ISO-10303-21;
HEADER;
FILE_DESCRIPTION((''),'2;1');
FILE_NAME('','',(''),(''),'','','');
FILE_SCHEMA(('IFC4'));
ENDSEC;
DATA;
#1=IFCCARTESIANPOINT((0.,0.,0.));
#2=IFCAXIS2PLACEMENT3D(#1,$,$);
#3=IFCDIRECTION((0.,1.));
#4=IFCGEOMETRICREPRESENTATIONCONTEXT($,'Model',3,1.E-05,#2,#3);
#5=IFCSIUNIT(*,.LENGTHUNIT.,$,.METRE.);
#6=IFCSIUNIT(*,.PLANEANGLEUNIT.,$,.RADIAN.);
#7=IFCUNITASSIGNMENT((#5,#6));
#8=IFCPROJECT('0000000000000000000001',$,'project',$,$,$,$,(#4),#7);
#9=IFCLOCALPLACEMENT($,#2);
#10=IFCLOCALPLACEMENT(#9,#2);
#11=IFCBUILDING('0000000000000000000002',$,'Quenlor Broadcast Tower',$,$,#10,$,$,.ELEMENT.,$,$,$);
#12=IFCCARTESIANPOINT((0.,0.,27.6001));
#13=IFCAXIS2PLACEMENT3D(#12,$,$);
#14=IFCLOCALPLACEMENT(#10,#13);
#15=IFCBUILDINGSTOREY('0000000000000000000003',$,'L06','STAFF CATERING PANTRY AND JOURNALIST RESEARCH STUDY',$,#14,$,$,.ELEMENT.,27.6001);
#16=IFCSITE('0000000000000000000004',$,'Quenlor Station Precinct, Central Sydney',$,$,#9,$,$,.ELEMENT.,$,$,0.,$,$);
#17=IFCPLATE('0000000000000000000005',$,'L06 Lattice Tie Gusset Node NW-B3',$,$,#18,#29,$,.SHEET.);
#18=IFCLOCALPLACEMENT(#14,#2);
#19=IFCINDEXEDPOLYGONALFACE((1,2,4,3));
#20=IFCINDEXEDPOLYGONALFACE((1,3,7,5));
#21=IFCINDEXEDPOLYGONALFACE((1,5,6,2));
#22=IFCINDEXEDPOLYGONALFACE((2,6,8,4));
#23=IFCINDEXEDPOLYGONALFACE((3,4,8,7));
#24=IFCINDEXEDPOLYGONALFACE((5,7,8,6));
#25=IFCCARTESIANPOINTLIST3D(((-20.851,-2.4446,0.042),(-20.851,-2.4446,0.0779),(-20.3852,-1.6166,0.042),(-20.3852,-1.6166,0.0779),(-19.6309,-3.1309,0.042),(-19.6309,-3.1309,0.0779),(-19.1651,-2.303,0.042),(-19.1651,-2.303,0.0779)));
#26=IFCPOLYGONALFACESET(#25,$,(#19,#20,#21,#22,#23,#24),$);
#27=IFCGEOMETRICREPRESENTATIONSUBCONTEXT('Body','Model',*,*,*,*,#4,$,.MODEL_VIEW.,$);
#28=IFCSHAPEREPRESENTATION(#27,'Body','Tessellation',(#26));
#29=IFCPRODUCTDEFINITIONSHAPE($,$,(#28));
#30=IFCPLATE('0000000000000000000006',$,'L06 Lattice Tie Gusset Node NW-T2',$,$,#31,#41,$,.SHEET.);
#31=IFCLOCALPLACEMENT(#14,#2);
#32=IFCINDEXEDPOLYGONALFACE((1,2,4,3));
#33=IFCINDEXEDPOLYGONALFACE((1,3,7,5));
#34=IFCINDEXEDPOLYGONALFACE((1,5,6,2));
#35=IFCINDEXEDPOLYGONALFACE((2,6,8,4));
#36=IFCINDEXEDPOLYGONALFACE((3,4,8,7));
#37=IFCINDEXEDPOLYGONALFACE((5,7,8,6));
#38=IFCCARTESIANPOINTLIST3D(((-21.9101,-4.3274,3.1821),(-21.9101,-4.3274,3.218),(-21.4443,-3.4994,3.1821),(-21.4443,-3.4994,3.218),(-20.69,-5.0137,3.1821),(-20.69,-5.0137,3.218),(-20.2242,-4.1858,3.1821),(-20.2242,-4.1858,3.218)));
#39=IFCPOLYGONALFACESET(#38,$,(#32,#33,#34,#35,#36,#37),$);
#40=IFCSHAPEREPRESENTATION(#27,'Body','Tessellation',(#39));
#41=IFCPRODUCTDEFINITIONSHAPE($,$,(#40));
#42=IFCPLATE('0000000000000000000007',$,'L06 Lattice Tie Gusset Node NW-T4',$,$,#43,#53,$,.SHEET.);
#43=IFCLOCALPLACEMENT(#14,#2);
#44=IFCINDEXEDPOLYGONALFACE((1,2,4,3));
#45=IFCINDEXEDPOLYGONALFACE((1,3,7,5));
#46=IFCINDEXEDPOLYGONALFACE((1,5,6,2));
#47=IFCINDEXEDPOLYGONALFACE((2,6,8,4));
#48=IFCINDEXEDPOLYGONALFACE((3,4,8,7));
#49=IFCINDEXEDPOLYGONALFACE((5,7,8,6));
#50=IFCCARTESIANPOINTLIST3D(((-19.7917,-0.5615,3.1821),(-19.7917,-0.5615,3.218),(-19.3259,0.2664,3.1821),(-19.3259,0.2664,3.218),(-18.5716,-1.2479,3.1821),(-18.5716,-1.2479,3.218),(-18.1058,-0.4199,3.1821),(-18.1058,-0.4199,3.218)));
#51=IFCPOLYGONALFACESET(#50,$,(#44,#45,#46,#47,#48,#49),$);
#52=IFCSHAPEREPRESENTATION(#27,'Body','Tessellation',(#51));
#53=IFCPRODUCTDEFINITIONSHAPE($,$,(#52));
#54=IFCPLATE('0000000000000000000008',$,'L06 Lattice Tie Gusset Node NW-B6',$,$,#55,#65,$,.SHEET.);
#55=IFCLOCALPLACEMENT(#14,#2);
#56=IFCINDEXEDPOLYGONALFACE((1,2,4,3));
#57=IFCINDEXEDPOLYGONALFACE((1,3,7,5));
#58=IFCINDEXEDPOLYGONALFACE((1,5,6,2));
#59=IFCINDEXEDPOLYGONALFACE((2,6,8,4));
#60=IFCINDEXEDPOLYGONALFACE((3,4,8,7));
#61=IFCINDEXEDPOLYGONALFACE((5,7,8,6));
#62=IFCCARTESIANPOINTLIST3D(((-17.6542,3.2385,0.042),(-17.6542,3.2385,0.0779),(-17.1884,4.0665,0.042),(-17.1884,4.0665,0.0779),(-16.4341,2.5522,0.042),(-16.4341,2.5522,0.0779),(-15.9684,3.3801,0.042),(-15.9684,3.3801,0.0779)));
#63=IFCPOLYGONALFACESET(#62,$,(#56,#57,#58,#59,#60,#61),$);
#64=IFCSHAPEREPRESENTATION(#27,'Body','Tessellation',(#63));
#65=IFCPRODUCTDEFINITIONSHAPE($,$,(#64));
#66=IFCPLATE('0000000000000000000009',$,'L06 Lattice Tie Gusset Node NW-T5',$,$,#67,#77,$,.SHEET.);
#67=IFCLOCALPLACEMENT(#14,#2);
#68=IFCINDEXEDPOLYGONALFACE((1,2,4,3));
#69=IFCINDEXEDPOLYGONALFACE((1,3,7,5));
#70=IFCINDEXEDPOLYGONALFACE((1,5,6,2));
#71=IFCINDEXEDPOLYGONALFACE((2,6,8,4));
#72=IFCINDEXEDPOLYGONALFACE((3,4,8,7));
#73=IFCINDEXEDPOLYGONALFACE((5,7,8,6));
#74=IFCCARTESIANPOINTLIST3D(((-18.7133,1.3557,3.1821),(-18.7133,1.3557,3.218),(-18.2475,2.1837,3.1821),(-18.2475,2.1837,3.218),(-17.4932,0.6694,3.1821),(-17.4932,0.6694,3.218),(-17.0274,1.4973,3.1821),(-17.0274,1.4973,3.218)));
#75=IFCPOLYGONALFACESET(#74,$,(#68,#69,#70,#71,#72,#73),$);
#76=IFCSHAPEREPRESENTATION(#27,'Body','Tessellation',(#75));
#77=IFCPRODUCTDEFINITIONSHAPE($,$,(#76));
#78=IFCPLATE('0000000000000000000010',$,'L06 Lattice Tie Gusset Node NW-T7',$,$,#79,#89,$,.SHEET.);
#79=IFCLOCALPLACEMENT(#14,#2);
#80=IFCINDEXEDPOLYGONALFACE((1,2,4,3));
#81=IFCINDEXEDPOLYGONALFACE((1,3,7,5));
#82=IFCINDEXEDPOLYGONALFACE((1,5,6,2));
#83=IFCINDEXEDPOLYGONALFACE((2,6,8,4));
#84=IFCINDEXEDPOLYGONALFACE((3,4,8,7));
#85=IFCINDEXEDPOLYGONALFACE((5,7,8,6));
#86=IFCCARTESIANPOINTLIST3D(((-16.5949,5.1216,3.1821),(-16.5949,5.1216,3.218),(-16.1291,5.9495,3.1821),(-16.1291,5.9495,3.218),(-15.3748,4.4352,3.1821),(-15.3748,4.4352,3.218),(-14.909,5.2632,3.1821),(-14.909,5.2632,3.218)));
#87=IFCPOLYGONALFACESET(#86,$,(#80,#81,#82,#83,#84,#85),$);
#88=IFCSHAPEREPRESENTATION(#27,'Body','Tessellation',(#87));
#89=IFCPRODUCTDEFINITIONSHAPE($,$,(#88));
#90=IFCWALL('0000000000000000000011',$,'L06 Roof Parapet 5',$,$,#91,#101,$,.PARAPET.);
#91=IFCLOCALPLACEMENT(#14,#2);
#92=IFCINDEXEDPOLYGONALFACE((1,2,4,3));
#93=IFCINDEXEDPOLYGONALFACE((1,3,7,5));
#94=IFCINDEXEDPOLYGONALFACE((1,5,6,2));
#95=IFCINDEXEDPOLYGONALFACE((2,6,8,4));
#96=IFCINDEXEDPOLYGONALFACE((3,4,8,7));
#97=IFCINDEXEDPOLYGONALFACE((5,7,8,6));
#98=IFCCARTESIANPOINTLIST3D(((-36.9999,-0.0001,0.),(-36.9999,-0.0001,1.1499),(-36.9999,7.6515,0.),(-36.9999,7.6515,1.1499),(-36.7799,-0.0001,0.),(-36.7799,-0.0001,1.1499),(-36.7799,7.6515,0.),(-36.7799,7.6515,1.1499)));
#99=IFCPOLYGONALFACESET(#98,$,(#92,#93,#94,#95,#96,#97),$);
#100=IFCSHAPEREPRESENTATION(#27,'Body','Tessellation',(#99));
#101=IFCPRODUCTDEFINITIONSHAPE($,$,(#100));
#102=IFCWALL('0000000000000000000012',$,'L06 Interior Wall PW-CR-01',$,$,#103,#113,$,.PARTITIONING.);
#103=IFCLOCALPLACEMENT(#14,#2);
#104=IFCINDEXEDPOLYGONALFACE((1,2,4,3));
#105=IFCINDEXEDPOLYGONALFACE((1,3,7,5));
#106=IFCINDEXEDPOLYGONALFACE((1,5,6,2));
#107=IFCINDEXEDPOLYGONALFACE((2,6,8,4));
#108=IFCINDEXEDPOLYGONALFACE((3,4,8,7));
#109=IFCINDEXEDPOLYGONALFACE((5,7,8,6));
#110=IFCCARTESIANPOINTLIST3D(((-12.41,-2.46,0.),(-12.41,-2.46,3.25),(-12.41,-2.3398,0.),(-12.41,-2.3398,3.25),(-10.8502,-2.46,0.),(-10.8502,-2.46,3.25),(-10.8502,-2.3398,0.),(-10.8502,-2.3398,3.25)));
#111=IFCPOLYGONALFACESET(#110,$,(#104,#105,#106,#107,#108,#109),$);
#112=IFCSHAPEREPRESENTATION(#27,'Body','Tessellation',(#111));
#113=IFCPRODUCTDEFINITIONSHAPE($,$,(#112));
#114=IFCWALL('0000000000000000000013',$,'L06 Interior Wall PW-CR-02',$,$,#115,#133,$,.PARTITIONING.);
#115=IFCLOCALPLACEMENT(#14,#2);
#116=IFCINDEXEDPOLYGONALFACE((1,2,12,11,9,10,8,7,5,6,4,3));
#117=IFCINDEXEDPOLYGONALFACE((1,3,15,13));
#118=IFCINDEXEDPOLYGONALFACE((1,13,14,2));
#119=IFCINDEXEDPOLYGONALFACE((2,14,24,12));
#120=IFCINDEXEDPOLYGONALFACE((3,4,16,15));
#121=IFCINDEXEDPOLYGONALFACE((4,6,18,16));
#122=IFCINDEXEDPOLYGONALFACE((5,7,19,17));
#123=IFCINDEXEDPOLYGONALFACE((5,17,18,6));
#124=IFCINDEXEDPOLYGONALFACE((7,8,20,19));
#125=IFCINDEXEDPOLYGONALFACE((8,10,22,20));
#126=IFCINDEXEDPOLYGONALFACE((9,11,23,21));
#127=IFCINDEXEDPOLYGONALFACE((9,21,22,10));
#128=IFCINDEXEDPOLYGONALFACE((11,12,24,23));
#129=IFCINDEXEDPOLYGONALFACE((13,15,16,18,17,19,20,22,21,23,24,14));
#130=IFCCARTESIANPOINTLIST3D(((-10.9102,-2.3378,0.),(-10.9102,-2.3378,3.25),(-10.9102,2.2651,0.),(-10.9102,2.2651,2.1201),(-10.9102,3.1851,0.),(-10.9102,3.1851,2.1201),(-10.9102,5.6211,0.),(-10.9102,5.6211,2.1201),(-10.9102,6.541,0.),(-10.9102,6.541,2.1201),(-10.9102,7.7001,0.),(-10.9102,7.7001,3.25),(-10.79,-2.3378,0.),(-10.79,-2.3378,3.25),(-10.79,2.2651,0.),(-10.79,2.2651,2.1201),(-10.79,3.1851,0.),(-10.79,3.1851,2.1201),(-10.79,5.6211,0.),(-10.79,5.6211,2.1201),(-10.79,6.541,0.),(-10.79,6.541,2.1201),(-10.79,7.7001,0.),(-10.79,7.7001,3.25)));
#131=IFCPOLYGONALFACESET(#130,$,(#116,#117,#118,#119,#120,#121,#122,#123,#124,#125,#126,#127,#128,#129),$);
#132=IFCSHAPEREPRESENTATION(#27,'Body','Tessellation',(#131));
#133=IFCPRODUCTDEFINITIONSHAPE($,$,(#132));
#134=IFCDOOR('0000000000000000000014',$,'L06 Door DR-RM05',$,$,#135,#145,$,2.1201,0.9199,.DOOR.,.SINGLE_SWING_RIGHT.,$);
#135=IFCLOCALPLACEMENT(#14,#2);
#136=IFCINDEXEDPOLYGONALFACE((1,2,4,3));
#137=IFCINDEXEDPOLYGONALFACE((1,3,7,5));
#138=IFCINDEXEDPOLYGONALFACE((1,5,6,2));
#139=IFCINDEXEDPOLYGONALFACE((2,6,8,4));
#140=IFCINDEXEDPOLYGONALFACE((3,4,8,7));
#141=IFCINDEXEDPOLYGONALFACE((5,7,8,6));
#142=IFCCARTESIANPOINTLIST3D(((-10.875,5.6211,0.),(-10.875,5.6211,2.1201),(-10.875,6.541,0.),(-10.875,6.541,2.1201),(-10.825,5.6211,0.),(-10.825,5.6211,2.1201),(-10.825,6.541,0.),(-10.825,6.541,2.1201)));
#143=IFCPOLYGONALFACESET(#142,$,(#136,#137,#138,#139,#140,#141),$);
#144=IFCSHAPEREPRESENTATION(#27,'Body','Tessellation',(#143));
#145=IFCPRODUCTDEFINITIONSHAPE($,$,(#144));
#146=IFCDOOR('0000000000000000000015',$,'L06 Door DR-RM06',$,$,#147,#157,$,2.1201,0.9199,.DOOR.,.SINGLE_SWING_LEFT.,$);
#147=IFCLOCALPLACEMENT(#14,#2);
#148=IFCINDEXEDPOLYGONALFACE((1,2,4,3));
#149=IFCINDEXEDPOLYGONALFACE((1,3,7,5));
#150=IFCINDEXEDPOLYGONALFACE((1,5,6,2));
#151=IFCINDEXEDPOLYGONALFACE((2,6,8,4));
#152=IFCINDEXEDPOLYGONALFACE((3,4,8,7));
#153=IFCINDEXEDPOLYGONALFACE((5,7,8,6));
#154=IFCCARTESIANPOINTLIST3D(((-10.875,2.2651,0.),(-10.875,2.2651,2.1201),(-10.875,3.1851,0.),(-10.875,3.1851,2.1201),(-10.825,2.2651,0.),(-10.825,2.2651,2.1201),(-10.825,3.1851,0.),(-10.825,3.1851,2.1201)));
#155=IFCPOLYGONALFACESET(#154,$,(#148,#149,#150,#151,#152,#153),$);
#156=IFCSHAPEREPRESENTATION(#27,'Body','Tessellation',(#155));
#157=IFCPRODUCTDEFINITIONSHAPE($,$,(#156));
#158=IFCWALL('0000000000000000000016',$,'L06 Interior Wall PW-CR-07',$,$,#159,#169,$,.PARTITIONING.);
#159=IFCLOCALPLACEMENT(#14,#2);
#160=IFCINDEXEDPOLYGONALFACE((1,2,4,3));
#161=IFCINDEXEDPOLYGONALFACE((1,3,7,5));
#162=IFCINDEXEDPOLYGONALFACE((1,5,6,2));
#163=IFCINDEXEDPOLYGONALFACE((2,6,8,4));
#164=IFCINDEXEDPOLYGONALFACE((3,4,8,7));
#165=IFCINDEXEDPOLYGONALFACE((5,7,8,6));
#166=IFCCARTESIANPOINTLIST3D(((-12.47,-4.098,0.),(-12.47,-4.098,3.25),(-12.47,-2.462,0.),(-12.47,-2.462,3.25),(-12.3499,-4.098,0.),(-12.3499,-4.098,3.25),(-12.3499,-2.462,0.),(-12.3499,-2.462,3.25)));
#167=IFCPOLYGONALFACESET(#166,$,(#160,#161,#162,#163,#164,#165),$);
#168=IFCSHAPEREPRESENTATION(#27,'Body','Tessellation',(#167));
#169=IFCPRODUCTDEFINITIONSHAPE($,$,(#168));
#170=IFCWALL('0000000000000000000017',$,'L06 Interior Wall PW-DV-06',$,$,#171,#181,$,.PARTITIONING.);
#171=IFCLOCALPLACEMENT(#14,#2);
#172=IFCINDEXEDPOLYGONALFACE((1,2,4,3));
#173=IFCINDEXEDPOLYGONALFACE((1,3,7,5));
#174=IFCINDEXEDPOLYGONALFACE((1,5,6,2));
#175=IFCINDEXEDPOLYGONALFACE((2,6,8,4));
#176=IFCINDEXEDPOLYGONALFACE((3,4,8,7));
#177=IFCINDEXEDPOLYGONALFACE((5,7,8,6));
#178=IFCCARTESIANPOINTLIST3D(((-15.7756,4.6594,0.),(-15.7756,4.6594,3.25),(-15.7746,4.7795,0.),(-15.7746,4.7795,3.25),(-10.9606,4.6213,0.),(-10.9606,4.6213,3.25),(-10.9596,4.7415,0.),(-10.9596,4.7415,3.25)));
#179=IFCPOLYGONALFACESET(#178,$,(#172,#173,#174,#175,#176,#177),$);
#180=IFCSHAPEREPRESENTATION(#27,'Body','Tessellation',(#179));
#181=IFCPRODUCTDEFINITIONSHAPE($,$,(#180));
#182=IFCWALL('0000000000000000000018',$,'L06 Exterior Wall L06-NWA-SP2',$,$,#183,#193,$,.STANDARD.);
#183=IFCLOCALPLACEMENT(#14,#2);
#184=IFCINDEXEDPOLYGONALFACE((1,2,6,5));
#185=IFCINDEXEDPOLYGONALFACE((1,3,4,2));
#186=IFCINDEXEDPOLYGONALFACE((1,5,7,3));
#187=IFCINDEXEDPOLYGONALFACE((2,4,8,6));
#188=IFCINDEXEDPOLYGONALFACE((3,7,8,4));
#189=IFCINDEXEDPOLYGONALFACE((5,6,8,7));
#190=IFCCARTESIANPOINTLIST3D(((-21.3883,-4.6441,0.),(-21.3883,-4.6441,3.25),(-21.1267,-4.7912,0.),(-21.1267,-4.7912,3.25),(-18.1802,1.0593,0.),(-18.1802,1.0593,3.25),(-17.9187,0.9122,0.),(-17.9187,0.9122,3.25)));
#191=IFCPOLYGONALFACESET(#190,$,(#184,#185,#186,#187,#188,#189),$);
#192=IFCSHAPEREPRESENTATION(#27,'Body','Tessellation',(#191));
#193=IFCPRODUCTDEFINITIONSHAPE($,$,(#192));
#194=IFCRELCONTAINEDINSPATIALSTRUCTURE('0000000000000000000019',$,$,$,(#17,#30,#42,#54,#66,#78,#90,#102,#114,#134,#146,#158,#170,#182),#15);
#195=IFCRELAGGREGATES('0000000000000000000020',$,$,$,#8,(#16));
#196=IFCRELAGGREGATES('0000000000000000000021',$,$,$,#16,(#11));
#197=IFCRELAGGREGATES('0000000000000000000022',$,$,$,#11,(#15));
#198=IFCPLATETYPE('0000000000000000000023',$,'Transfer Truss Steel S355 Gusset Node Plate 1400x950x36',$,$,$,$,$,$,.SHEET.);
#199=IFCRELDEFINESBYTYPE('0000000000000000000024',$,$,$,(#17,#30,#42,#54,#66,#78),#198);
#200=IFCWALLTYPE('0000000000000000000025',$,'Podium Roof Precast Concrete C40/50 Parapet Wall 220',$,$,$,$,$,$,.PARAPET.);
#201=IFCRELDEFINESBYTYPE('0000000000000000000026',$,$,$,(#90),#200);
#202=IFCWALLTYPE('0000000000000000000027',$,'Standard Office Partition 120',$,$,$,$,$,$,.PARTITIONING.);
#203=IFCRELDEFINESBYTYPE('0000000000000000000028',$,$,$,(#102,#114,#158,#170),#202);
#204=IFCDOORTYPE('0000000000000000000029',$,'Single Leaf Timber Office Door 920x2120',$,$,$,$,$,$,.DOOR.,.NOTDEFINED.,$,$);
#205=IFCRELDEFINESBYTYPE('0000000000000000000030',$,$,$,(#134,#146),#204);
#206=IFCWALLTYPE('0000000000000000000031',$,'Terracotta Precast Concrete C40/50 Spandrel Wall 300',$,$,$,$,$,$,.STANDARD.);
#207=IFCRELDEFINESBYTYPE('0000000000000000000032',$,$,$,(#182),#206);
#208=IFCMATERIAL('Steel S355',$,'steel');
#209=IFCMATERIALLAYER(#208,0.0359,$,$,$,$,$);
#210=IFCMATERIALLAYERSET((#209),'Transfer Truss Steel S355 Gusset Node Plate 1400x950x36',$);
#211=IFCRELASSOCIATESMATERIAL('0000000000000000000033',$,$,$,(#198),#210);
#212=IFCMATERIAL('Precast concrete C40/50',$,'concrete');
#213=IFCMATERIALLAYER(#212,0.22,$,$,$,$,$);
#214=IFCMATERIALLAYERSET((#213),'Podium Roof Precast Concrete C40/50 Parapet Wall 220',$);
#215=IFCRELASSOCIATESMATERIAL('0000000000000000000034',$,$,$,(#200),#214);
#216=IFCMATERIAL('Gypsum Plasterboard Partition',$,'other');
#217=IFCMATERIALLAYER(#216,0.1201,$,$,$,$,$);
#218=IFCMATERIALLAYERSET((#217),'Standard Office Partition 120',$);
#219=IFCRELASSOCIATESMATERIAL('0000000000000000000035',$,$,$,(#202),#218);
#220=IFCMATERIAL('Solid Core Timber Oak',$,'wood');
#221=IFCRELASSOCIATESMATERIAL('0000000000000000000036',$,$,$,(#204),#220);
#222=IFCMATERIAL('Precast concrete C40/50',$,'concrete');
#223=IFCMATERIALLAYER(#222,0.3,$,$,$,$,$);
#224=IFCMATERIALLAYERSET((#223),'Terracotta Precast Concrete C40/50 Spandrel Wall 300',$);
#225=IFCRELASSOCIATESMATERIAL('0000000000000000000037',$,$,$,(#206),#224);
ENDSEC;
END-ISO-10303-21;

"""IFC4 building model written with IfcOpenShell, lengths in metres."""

from ifc_helpers import new_model, si_unit, direction, frame, frame_2d, origin, origin_2d, place, context, subcontext, project, spatial, rectangle, extrude, material, layer, layer_set, type_object, element, fill, save


model = new_model("IFC4")

# Units and contexts
model_context = context("Model", 3, precision=1e-05, world=origin(), true_north=direction((0.0, 1.0)))
body_context = subcontext(model_context, "Body", "Model", "MODEL_VIEW")
ifc_project = project(units=[si_unit("LENGTHUNIT", "METRE"), si_unit("PLANEANGLEUNIT", "RADIAN")], contexts=[model_context])

# Site, building, storey
site_placement = place(None, origin())
site = spatial("IfcSite", under=ifc_project, at=site_placement, Name="Quenlor Station Precinct, Central Sydney", CompositionType="ELEMENT", RefElevation=0.0)
building_placement = place(site_placement, origin())
building = spatial("IfcBuilding", under=site, at=building_placement, Name="Quenlor Broadcast Tower", CompositionType="ELEMENT")
storey_placement = place(building_placement, frame((0.0, 0.0, 27.6001)))
storey = spatial("IfcBuildingStorey", under=building, at=storey_placement, Name="L06", Description="STAFF CATERING PANTRY AND JOURNALIST RESEARCH STUDY", CompositionType="ELEMENT", Elevation=27.6001)

# Plates
ifc_material_1 = material(Name="Steel S355", Category="steel")
ifc_layer_1 = layer(ifc_material_1, 0.0359)
ifc_layer_set_1 = layer_set([ifc_layer_1], Name="Transfer Truss Steel S355 Gusset Node Plate 1400x950x36")
plate_type = type_object("IfcPlateType", Name="Transfer Truss Steel S355 Gusset Node Plate 1400x950x36", PredefinedType="SHEET", material=ifc_layer_set_1)
for number, where, z_axis, x_axis, name in (
    (1, (-20.0081, -2.3738, 0.042), (0.0, 0.0, 1.0), (-0.871556, 0.490295, 0.0), "L06 Lattice Tie Gusset Node NW-B3"),
    (2, (-21.0671, -4.2566, 3.1821), (0.0, 0.0, 1.0), (-0.871556, 0.490295, 0.0), "L06 Lattice Tie Gusset Node NW-T2"),
    (3, (-18.9487, -0.4907, 3.1821), (0.0, 0.0, 1.0), (-0.871556, 0.490295, 0.0), "L06 Lattice Tie Gusset Node NW-T4"),
    (4, (-16.8113, 3.3093, 0.042), (0.0, 0.0, 1.0), (-0.871556, 0.490295, 0.0), "L06 Lattice Tie Gusset Node NW-B6"),
    (5, (-17.8704, 1.4265, 3.1821), (0.0, 0.0, 1.0), (-0.871556, 0.490295, 0.0), "L06 Lattice Tie Gusset Node NW-T5"),
    (6, (-15.752, 5.1924, 3.1821), (0.0, 0.0, 1.0), (-0.871556, 0.490295, 0.0), "L06 Lattice Tie Gusset Node NW-T7"),
):
    element("IfcPlate", number, at=place(storey_placement, frame(where, z_axis=z_axis, x_axis=x_axis)), inside=storey, type_object=plate_type, Name=name, PredefinedType="SHEET", context=body_context, shape_type="SweptSolid", body=[
        extrude(rectangle(XDim=1.3999, YDim=0.95, at=origin_2d()), origin(), (0.0, 0.0, 1.0), 0.0359),
    ])

# Walls
ifc_material_2 = material(Name="Precast concrete C40/50", Category="concrete")
ifc_layer_2 = layer(ifc_material_2, 0.22)
ifc_layer_set_2 = layer_set([ifc_layer_2], Name="Podium Roof Precast Concrete C40/50 Parapet Wall 220")
wall_type_1 = type_object("IfcWallType", Name="Podium Roof Precast Concrete C40/50 Parapet Wall 220", PredefinedType="PARAPET", material=ifc_layer_set_2)
wall_1_placement = place(storey_placement, frame((-36.8899, 0.0, 0.0), z_axis=(0.0, 0.0, 1.0), x_axis=(0.0, 1.0, 0.0)))
element("IfcWall", 7, at=wall_1_placement, inside=storey, type_object=wall_type_1, Name="L06 Roof Parapet 5", PredefinedType="PARAPET", context=body_context, shape_type="SweptSolid", body=[
    extrude(rectangle(XDim=7.6516, YDim=0.22, at=frame_2d((3.8257, 0.0))), origin(), (0.0, 0.0, 1.0), 1.1499),
])
ifc_material_3 = material(Name="Gypsum Plasterboard Partition", Category="other")
ifc_layer_3 = layer(ifc_material_3, 0.1201)
ifc_layer_set_3 = layer_set([ifc_layer_3], Name="Standard Office Partition 120")
wall_type_2 = type_object("IfcWallType", Name="Standard Office Partition 120", PredefinedType="PARTITIONING", material=ifc_layer_set_3)
wall_2_placement = place(storey_placement, frame((-12.4099, -2.3999, 0.0), z_axis=(0.0, 0.0, 1.0), x_axis=(1.0, 0.0, 0.0)))
element("IfcWall", 8, at=wall_2_placement, inside=storey, type_object=wall_type_2, Name="L06 Interior Wall PW-CR-01", PredefinedType="PARTITIONING", context=body_context, shape_type="SweptSolid", body=[
    extrude(rectangle(XDim=1.5598, YDim=0.1201, at=frame_2d((0.7798, 0.0))), origin(), (0.0, 0.0, 1.0), 3.25),
])

# Wall, openings, doors
wall_3_placement = place(storey_placement, frame((-10.8501, -2.3379, 0.0), z_axis=(0.0, 0.0, 1.0), x_axis=(0.0, 1.0, 0.0)))
wall_3 = element("IfcWall", 9, at=wall_3_placement, inside=storey, type_object=wall_type_2, Name="L06 Interior Wall PW-CR-02", PredefinedType="PARTITIONING", context=body_context, shape_type="SweptSolid", body=[
    extrude(rectangle(XDim=10.0378, YDim=0.1201, at=frame_2d((5.019, 0.0))), origin(), (0.0, 0.0, 1.0), 3.25),
])
opening_1_placement = place(wall_3_placement, frame((7.959, 0.0, 0.0)))
opening_1 = element("IfcOpeningElement", 10, at=opening_1_placement, cuts=wall_3, PredefinedType="OPENING", context=body_context, shape_type="SweptSolid", body=[
    extrude(rectangle(XDim=0.9199, YDim=2.1201, at=frame_2d((0.46, 1.0601))), frame((0.0, 0.0701, 0.0), z_axis=(0.0, -1.0, 0.0), x_axis=(1.0, 0.0, 0.0)), (0.0, 0.0, 1.0), 0.1401),
])
opening_2_placement = place(wall_3_placement, frame((4.603, 0.0, 0.0)))
opening_2 = element("IfcOpeningElement", 11, at=opening_2_placement, cuts=wall_3, PredefinedType="OPENING", context=body_context, shape_type="SweptSolid", body=[
    extrude(rectangle(XDim=0.9199, YDim=2.1201, at=frame_2d((0.46, 1.0601))), frame((0.0, 0.0701, 0.0), z_axis=(0.0, -1.0, 0.0), x_axis=(1.0, 0.0, 0.0)), (0.0, 0.0, 1.0), 0.1401),
])
ifc_material_4 = material(Name="Solid Core Timber Oak", Category="wood")
door_type = type_object("IfcDoorType", Name="Single Leaf Timber Office Door 920x2120", OperationType="NOTDEFINED", PredefinedType="DOOR", material=ifc_material_4)
door_1_placement = place(opening_1_placement, origin())
door_1 = element("IfcDoor", 12, at=door_1_placement, inside=storey, type_object=door_type, Name="L06 Door DR-RM05", OperationType="SINGLE_SWING_RIGHT", OverallHeight=2.1201, OverallWidth=0.9199, PredefinedType="DOOR", context=body_context, shape_type="SweptSolid", body=[
    extrude(rectangle(XDim=0.9199, YDim=2.1201, at=frame_2d((0.46, 1.0601))), frame((0.0, 0.0249, 0.0), z_axis=(0.0, -1.0, 0.0), x_axis=(1.0, 0.0, 0.0)), (0.0, 0.0, 1.0), 0.05),
])
fill(opening_1, door_1)
door_2_placement = place(opening_2_placement, origin())
door_2 = element("IfcDoor", 13, at=door_2_placement, inside=storey, type_object=door_type, Name="L06 Door DR-RM06", OperationType="SINGLE_SWING_LEFT", OverallHeight=2.1201, OverallWidth=0.9199, PredefinedType="DOOR", context=body_context, shape_type="SweptSolid", body=[
    extrude(rectangle(XDim=0.9199, YDim=2.1201, at=frame_2d((0.46, 1.0601))), frame((0.0, 0.0249, 0.0), z_axis=(0.0, -1.0, 0.0), x_axis=(1.0, 0.0, 0.0)), (0.0, 0.0, 1.0), 0.05),
])
fill(opening_2, door_2)

# Walls
wall_4_placement = place(storey_placement, frame((-12.4099, -4.0979, 0.0), z_axis=(0.0, 0.0, 1.0), x_axis=(0.0, 1.0, 0.0)))
element("IfcWall", 14, at=wall_4_placement, inside=storey, type_object=wall_type_2, Name="L06 Interior Wall PW-CR-07", PredefinedType="PARTITIONING", context=body_context, shape_type="SweptSolid", body=[
    extrude(rectangle(XDim=1.636, YDim=0.1201, at=frame_2d((0.8179, 0.0))), origin(), (0.0, 0.0, 1.0), 3.25),
])
wall_5_placement = place(storey_placement, frame((-10.96, 4.6814, 0.0), z_axis=(0.0, 0.0, 1.0), x_axis=(-0.999969, 0.00791, 0.0)))
element("IfcWall", 15, at=wall_5_placement, inside=storey, type_object=wall_type_2, Name="L06 Interior Wall PW-DV-06", PredefinedType="PARTITIONING", context=body_context, shape_type="SweptSolid", body=[
    extrude(rectangle(XDim=4.8152, YDim=0.1201, at=frame_2d((2.4077, 0.0))), origin(), (0.0, 0.0, 1.0), 3.25),
])
ifc_material_5 = material(Name="Precast concrete C40/50", Category="concrete")
ifc_layer_4 = layer(ifc_material_5, 0.3)
ifc_layer_set_4 = layer_set([ifc_layer_4], Name="Terracotta Precast Concrete C40/50 Spandrel Wall 300")
wall_type_3 = type_object("IfcWallType", Name="Terracotta Precast Concrete C40/50 Spandrel Wall 300", PredefinedType="STANDARD", material=ifc_layer_set_4)
wall_6_placement = place(storey_placement, frame((-21.2576, -4.7178, 0.0), z_axis=(0.0, 0.0, 1.0), x_axis=(0.490245, 0.871585, 0.0)))
element("IfcWall", 16, at=wall_6_placement, inside=storey, type_object=wall_type_3, Name="L06 Exterior Wall L06-NWA-SP2", PredefinedType="STANDARD", context=body_context, shape_type="SweptSolid", body=[
    extrude(rectangle(XDim=6.5437, YDim=0.3, at=frame_2d((3.272, 0.0))), origin(), (0.0, 0.0, 1.0), 3.25),
])

save(model, "model.ifc")
